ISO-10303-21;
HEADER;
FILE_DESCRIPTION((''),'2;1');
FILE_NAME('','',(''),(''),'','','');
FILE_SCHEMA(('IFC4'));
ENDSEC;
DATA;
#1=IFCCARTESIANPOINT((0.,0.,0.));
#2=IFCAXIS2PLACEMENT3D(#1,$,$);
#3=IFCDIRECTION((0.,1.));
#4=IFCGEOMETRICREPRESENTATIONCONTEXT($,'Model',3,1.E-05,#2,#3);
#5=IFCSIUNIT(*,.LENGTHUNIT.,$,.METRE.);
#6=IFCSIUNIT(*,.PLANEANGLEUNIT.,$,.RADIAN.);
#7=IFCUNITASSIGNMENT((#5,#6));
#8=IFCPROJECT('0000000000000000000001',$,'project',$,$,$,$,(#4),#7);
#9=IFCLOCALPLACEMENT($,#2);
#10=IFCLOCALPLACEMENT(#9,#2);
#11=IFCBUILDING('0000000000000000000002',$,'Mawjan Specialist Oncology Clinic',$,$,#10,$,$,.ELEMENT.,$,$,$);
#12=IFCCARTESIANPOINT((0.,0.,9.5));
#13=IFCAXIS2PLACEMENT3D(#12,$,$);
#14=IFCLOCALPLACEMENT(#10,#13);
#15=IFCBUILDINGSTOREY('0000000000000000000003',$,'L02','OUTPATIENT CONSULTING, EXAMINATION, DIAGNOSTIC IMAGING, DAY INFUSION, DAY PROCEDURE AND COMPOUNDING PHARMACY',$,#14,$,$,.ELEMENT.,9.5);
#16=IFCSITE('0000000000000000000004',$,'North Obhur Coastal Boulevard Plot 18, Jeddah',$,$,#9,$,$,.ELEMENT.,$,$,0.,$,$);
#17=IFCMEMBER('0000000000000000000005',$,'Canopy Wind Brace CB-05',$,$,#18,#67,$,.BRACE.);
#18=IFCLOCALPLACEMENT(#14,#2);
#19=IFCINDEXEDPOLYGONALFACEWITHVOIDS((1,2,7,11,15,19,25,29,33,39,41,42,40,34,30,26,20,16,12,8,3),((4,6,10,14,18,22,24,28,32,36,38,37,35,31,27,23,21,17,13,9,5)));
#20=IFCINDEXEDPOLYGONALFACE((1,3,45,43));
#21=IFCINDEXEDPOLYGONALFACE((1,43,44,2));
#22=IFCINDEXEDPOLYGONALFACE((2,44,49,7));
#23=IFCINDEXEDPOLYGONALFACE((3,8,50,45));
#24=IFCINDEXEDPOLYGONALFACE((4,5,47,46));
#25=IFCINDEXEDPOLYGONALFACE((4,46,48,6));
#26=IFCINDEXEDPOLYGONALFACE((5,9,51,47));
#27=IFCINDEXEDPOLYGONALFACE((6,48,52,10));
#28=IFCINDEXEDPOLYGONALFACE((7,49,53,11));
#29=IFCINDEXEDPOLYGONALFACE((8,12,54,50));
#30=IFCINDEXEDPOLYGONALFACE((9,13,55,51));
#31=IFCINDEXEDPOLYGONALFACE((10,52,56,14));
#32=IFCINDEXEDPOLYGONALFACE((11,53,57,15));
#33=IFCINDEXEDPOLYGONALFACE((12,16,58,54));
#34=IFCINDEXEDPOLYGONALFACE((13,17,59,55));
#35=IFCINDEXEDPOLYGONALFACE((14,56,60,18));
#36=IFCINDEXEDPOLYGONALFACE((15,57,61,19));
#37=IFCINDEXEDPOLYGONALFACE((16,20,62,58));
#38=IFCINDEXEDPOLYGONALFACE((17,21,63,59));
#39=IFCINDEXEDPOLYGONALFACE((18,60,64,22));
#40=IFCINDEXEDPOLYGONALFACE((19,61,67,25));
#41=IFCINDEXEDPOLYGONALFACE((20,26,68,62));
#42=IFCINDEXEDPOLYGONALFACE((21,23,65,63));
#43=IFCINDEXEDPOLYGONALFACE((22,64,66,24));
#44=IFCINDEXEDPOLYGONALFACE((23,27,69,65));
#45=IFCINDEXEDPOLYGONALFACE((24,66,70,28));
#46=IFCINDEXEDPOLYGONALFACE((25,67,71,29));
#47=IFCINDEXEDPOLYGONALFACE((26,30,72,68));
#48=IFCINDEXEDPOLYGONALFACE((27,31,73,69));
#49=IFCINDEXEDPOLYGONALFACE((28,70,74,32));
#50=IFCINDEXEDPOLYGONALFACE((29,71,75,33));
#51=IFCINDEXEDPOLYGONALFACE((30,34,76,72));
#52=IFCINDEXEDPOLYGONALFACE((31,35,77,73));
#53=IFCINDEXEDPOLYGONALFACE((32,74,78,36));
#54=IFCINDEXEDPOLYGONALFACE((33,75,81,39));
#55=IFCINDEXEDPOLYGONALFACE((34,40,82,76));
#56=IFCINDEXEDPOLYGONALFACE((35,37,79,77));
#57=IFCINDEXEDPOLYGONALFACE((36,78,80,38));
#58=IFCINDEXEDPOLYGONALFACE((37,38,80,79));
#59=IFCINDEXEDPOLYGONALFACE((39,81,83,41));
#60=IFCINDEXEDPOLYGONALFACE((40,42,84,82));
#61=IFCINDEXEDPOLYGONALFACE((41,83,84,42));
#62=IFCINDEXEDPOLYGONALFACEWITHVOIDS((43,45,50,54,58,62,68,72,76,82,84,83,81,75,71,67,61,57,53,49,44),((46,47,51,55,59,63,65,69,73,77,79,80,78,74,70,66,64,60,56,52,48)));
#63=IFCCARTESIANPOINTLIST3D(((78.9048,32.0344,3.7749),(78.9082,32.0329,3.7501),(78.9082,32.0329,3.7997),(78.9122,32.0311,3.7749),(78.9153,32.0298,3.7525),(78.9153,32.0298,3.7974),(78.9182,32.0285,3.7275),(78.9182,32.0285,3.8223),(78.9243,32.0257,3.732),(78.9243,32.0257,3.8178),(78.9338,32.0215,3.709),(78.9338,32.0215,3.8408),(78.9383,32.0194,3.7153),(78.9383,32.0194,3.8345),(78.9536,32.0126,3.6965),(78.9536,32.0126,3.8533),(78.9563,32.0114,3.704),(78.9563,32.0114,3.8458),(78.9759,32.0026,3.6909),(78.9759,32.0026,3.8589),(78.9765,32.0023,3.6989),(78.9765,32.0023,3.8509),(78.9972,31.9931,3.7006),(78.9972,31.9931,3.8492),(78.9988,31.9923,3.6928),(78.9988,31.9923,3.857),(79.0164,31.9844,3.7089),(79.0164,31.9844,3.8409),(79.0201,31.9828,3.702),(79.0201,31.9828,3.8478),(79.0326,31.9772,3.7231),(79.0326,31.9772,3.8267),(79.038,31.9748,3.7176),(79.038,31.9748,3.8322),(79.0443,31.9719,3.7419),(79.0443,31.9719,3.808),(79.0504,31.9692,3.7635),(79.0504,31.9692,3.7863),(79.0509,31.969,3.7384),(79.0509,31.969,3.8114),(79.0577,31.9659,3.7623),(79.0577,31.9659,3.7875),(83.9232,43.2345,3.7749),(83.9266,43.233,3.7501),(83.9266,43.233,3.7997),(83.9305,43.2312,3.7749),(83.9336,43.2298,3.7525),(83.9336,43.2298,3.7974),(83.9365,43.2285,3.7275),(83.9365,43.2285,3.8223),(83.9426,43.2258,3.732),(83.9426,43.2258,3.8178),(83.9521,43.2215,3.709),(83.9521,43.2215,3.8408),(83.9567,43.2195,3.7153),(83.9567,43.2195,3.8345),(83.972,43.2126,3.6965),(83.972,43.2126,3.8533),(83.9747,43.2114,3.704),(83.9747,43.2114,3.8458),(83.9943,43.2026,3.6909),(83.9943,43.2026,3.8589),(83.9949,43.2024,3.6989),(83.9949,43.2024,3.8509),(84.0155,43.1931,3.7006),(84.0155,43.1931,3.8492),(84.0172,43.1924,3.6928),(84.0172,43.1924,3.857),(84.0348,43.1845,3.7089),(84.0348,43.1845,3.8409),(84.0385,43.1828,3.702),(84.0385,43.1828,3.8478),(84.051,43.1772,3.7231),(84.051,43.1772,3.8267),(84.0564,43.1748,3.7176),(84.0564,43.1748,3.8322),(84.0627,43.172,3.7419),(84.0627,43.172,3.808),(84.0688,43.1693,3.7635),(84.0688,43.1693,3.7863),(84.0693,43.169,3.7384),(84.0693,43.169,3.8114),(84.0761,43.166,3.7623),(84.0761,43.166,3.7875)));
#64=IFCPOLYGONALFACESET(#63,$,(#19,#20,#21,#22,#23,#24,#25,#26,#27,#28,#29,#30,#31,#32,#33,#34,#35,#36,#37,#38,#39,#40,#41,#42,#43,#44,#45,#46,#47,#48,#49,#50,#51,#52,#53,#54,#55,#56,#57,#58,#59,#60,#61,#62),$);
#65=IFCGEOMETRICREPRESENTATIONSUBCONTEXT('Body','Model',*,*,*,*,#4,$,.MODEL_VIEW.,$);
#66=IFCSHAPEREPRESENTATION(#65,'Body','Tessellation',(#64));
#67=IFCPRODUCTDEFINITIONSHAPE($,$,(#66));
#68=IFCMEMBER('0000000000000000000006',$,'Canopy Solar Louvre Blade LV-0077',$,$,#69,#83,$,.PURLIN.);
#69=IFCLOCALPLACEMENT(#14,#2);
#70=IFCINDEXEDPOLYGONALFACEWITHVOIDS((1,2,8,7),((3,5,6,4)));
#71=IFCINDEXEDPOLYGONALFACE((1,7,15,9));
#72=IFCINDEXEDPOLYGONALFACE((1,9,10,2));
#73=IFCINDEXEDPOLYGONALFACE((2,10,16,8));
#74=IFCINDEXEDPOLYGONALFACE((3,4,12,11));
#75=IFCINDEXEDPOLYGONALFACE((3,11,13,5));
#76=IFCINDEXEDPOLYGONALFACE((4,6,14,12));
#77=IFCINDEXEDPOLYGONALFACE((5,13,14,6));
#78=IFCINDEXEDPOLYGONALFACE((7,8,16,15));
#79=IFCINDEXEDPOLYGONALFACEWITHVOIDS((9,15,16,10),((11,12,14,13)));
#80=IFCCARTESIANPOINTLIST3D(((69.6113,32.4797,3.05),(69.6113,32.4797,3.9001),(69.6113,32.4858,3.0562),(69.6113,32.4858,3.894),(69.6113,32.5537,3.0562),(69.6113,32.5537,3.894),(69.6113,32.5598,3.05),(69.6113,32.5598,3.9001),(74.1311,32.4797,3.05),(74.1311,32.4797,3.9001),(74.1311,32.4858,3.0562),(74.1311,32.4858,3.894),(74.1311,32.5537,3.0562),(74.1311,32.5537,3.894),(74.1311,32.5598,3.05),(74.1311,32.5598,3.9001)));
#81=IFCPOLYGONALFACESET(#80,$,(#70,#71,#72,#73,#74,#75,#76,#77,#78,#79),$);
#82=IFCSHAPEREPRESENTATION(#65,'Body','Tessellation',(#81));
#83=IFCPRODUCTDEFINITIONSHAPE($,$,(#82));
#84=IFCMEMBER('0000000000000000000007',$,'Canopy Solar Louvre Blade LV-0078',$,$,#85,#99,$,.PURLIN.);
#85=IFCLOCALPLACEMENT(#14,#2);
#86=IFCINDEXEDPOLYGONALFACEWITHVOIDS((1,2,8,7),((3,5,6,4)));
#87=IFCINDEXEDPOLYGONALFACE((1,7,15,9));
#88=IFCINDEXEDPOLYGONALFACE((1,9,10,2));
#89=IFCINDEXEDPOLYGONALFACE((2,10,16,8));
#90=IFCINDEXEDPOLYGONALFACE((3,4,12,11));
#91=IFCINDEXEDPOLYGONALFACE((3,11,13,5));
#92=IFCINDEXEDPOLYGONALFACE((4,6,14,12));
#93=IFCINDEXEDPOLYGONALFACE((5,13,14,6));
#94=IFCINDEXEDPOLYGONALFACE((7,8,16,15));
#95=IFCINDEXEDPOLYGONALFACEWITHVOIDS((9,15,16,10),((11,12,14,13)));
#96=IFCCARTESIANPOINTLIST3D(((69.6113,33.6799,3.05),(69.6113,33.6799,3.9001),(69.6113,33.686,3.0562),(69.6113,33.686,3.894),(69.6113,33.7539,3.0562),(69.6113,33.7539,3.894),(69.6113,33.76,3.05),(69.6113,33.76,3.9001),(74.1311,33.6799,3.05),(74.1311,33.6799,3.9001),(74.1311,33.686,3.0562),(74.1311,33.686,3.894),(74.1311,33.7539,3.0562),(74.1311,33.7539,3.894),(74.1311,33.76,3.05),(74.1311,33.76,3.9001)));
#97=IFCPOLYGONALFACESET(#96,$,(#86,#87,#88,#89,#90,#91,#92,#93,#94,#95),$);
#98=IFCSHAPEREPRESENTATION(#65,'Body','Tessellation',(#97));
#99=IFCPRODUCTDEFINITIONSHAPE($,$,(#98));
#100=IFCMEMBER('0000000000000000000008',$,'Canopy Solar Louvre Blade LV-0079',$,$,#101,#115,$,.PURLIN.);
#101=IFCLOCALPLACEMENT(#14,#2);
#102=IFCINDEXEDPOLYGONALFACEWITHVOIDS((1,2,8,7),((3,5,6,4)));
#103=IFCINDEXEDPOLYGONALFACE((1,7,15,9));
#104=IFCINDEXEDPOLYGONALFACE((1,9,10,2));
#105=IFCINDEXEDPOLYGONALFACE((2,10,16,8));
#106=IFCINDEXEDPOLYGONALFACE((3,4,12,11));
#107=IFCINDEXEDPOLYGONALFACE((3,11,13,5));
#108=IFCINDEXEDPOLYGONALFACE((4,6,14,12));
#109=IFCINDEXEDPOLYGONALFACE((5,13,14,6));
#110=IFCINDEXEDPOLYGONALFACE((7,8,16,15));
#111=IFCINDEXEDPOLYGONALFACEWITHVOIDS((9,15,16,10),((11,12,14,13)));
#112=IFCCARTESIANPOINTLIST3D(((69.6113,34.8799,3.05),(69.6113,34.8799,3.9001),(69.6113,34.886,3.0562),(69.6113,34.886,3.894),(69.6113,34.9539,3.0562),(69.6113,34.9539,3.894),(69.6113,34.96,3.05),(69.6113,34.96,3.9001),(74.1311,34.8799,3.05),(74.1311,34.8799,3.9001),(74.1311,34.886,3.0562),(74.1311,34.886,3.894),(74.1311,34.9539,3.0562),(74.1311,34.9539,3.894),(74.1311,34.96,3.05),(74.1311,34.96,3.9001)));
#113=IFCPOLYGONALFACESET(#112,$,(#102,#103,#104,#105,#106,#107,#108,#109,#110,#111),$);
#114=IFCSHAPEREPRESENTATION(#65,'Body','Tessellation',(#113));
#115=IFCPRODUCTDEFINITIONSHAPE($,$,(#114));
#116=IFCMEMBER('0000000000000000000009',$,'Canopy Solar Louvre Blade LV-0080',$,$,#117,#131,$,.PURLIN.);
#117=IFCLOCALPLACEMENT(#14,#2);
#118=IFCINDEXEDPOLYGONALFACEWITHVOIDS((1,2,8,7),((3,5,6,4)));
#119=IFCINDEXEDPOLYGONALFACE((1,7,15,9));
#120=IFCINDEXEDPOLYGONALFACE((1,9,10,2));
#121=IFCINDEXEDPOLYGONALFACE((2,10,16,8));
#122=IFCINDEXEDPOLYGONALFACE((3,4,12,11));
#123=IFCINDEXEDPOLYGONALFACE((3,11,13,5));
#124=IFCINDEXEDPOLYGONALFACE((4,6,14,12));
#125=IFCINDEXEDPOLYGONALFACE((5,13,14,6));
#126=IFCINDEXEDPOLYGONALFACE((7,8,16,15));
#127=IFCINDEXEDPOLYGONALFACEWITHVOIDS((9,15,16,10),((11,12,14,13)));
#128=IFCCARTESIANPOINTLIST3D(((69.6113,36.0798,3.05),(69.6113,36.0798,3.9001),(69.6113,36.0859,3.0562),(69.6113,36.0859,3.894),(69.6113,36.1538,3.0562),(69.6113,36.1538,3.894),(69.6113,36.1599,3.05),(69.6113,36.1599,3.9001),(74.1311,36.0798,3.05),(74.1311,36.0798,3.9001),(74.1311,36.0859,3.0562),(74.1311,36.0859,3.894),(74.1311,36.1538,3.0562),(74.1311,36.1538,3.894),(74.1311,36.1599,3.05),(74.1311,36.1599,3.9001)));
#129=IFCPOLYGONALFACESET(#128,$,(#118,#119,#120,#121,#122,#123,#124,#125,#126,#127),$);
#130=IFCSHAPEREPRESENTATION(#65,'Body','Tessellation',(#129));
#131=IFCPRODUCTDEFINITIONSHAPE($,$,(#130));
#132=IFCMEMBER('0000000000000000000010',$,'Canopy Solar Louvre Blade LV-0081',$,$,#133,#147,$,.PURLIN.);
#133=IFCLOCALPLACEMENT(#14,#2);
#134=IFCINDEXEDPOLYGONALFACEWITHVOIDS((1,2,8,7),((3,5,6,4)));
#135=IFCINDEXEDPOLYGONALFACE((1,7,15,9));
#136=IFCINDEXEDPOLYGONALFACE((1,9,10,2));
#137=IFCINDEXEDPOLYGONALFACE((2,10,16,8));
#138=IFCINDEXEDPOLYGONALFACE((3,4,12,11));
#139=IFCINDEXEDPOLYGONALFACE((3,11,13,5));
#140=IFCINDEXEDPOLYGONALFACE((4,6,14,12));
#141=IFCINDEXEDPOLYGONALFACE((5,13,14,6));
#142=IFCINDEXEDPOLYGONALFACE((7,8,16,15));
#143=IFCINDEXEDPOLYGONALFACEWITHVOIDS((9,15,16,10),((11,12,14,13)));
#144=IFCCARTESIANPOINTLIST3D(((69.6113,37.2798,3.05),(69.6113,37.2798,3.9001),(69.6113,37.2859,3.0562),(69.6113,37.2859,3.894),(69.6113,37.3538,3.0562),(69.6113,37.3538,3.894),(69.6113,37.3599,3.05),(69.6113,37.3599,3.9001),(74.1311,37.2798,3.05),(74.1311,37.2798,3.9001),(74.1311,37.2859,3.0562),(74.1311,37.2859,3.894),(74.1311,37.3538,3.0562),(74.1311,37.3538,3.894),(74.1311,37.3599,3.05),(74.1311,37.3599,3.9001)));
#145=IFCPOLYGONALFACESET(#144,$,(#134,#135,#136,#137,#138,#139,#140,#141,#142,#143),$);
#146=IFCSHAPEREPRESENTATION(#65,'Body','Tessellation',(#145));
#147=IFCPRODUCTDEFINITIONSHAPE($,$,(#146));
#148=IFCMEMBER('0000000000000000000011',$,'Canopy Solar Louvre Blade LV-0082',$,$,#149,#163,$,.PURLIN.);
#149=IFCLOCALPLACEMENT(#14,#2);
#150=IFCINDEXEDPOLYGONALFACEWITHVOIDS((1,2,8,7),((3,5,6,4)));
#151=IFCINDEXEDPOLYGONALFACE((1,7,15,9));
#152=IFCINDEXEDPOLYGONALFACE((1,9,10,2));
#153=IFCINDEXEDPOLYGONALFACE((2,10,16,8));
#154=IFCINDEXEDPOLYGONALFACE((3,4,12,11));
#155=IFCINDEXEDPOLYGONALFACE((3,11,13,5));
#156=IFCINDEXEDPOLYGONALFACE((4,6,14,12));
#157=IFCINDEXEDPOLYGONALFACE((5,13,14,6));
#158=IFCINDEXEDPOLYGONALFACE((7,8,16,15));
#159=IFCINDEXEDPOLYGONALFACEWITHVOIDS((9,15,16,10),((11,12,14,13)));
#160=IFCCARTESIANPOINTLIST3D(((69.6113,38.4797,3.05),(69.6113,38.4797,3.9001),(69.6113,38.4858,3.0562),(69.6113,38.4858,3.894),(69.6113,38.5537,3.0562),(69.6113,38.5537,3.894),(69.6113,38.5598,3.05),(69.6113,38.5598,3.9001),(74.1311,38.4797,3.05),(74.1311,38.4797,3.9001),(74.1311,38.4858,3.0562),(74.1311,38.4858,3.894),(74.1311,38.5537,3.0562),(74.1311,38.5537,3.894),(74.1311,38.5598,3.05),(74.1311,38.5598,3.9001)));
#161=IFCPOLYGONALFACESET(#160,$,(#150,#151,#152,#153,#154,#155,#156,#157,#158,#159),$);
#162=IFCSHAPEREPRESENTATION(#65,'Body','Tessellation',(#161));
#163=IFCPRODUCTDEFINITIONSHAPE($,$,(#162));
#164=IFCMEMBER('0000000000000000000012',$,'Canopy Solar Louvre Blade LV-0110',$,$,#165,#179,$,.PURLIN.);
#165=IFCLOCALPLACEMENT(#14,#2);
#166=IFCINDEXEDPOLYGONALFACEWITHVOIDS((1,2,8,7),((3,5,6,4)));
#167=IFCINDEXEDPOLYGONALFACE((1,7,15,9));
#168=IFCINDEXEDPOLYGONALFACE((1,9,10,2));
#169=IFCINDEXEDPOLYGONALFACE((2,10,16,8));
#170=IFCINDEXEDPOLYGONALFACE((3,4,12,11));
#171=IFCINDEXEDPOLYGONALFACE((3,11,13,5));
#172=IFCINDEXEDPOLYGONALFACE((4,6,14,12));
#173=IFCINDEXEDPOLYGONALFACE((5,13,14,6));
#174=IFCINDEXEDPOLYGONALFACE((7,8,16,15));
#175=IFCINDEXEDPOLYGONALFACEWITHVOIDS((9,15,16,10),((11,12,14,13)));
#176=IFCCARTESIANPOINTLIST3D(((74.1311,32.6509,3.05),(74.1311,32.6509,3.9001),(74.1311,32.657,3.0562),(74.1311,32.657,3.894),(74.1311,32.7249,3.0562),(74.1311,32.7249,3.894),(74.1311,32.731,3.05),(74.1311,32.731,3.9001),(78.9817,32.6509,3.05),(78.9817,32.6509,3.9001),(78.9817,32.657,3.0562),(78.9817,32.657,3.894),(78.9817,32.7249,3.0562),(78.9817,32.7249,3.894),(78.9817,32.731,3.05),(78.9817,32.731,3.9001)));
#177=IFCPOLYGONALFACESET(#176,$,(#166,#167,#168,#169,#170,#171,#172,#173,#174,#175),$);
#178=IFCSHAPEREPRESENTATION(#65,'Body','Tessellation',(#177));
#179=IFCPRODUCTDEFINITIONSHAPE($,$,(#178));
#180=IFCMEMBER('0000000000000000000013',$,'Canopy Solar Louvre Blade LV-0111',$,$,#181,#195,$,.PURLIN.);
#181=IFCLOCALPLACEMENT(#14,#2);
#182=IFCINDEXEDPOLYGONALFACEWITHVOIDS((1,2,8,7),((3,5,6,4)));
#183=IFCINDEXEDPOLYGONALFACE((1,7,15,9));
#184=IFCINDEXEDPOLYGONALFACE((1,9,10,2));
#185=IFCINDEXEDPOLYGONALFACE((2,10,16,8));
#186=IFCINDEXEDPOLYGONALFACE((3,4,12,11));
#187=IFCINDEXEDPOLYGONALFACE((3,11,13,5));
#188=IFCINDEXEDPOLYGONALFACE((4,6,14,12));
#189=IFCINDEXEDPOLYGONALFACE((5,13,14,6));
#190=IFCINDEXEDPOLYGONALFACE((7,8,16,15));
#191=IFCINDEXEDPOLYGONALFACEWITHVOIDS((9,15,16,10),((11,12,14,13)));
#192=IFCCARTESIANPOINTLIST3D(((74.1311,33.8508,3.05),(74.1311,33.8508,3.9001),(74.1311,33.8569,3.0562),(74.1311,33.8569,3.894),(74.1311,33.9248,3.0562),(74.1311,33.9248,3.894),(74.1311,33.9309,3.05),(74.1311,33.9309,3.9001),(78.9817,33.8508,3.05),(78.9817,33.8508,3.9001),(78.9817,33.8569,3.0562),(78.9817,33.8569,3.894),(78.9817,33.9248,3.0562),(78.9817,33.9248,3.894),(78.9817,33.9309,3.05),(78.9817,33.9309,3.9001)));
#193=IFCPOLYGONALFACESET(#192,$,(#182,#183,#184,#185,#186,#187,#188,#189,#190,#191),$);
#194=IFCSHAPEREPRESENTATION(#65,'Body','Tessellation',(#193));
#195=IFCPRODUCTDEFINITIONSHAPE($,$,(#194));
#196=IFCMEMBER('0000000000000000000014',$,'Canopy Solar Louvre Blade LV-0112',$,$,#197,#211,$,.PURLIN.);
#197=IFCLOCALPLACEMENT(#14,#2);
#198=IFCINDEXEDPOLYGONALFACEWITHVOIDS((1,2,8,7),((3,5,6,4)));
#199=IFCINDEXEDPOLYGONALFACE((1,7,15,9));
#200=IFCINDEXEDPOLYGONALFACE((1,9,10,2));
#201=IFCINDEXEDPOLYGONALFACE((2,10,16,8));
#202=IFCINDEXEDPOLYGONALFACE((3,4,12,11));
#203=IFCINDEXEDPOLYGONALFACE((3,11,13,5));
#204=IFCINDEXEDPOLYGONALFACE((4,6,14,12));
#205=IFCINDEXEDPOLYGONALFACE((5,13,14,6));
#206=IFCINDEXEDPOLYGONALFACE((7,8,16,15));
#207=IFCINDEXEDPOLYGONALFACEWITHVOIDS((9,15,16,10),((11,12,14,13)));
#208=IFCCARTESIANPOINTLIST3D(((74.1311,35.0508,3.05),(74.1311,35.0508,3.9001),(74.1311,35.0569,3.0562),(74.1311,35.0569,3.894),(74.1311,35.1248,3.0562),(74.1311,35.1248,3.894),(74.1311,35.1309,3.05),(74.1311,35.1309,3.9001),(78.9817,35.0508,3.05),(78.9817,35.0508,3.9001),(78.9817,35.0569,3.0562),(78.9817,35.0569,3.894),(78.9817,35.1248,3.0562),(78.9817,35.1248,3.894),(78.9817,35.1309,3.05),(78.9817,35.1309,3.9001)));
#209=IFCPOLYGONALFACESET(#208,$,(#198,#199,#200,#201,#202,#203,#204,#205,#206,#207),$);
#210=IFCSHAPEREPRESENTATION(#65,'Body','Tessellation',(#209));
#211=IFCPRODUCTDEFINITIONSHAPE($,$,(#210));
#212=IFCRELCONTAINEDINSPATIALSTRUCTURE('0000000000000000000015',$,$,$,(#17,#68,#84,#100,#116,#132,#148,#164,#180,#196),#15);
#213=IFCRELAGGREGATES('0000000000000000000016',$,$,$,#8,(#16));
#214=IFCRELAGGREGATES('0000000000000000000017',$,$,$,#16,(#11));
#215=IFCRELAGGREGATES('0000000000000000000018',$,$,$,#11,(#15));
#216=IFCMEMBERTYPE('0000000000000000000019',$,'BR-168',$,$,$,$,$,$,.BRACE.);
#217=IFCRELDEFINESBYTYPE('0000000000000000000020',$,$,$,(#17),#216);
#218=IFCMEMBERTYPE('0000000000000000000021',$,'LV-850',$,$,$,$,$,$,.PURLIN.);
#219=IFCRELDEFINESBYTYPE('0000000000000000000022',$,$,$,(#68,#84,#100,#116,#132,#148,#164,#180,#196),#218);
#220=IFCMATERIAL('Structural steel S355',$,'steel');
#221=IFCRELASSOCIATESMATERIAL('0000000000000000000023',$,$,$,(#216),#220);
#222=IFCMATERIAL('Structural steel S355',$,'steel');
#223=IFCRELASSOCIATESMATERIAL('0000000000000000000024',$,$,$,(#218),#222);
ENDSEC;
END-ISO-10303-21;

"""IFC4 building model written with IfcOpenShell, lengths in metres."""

from ifc_helpers import new_model, si_unit, direction, frame, origin, origin_2d, place, context, subcontext, project, spatial, hollow_rectangle, hollow_circle, extrude, material, material_profile, profile_set, type_object, element, save


model = new_model("IFC4")

# Units and contexts
model_context = context("Model", 3, precision=1e-05, world=origin(), true_north=direction((0.0, 1.0)))
body_context = subcontext(model_context, "Body", "Model", "MODEL_VIEW")
ifc_project = project(units=[si_unit("LENGTHUNIT", "METRE"), si_unit("PLANEANGLEUNIT", "RADIAN")], contexts=[model_context])

# Site, building, storey
site_placement = place(None, origin())
site = spatial("IfcSite", under=ifc_project, at=site_placement, Name="North Obhur Coastal Boulevard Plot 18, Jeddah", CompositionType="ELEMENT", RefElevation=0.0)
building_placement = place(site_placement, origin())
building = spatial("IfcBuilding", under=site, at=building_placement, Name="Mawjan Specialist Oncology Clinic", CompositionType="ELEMENT")
storey_placement = place(building_placement, frame((0.0, 0.0, 9.5)))
storey = spatial("IfcBuildingStorey", under=building, at=storey_placement, Name="L02", Description="OUTPATIENT CONSULTING, EXAMINATION, DIAGNOSTIC IMAGING, DAY INFUSION, DAY PROCEDURE AND COMPOUNDING PHARMACY", CompositionType="ELEMENT", Elevation=9.5)

# Members
ifc_material_1 = material(Name="Structural steel S355", Category="steel")
ifc_material_profile_1 = material_profile(ifc_material_1, hollow_circle(Radius=0.0842, WallThickness=0.0081, at=origin_2d()), Name="CHS 168.3x8", Category="steel")
ifc_profile_set_1 = profile_set([ifc_material_profile_1], Name="Structural steel S355")
member_type_1 = type_object("IfcMemberType", Name="BR-168", PredefinedType="BRACE", material=ifc_profile_set_1)
member_1_placement = place(storey_placement, frame((78.9817, 32.0, 3.7749), z_axis=(0.408896, 0.912581, 0.0), x_axis=(-0.912581, 0.408896, 0.0)))
element("IfcMember", 1, at=member_1_placement, inside=storey, type_object=member_type_1, Name="Canopy Wind Brace CB-05", PredefinedType="BRACE", context=body_context, shape_type="SweptSolid", body=[
    extrude(hollow_circle(Radius=0.0842, WallThickness=0.0081, at=origin_2d()), origin(), (0.0, 0.0, 1.0), 12.2729),
])
ifc_material_2 = material(Name="Structural steel S355", Category="steel")
ifc_material_profile_2 = material_profile(ifc_material_2, hollow_rectangle(XDim=0.0801, YDim=0.8501, WallThickness=0.0061, at=origin_2d()), Name="LOUVRE 850x80x6", Category="steel")
ifc_profile_set_2 = profile_set([ifc_material_profile_2], Name="Structural steel S355")
member_type_2 = type_object("IfcMemberType", Name="LV-850", PredefinedType="PURLIN", material=ifc_profile_set_2)
for number, where, z_axis, x_axis, name in (
    (2, (69.6113, 32.5198, 3.4751), (1.0, 0.0, 0.0), (0.0, 1.0, 0.0), "Canopy Solar Louvre Blade LV-0077"),
    (3, (69.6113, 33.72, 3.4751), (1.0, 0.0, 0.0), (0.0, 1.0, 0.0), "Canopy Solar Louvre Blade LV-0078"),
    (4, (69.6113, 34.9199, 3.4751), (1.0, 0.0, 0.0), (0.0, 1.0, 0.0), "Canopy Solar Louvre Blade LV-0079"),
    (5, (69.6113, 36.1199, 3.4751), (1.0, 0.0, 0.0), (0.0, 1.0, 0.0), "Canopy Solar Louvre Blade LV-0080"),
    (6, (69.6113, 37.3198, 3.4751), (1.0, 0.0, 0.0), (0.0, 1.0, 0.0), "Canopy Solar Louvre Blade LV-0081"),
    (7, (69.6113, 38.5198, 3.4751), (1.0, 0.0, 0.0), (0.0, 1.0, 0.0), "Canopy Solar Louvre Blade LV-0082"),
):
    element("IfcMember", number, at=place(storey_placement, frame(where, z_axis=z_axis, x_axis=x_axis)), inside=storey, type_object=member_type_2, Name=name, PredefinedType="PURLIN", context=body_context, shape_type="SweptSolid", body=[
        extrude(hollow_rectangle(XDim=0.0801, YDim=0.8501, WallThickness=0.0061, at=origin_2d()), origin(), (0.0, 0.0, 1.0), 4.5198),
    ])
for number, where, z_axis, x_axis, name in (
    (8, (74.1311, 32.6909, 3.4751), (1.0, 0.0, 0.0), (0.0, 1.0, 0.0), "Canopy Solar Louvre Blade LV-0110"),
    (9, (74.1311, 33.8909, 3.4751), (1.0, 0.0, 0.0), (0.0, 1.0, 0.0), "Canopy Solar Louvre Blade LV-0111"),
    (10, (74.1311, 35.0908, 3.4751), (1.0, 0.0, 0.0), (0.0, 1.0, 0.0), "Canopy Solar Louvre Blade LV-0112"),
):
    element("IfcMember", number, at=place(storey_placement, frame(where, z_axis=z_axis, x_axis=x_axis)), inside=storey, type_object=member_type_2, Name=name, PredefinedType="PURLIN", context=body_context, shape_type="SweptSolid", body=[
        extrude(hollow_rectangle(XDim=0.0801, YDim=0.8501, WallThickness=0.0061, at=origin_2d()), origin(), (0.0, 0.0, 1.0), 4.8506),
    ])

save(model, "model.ifc")
